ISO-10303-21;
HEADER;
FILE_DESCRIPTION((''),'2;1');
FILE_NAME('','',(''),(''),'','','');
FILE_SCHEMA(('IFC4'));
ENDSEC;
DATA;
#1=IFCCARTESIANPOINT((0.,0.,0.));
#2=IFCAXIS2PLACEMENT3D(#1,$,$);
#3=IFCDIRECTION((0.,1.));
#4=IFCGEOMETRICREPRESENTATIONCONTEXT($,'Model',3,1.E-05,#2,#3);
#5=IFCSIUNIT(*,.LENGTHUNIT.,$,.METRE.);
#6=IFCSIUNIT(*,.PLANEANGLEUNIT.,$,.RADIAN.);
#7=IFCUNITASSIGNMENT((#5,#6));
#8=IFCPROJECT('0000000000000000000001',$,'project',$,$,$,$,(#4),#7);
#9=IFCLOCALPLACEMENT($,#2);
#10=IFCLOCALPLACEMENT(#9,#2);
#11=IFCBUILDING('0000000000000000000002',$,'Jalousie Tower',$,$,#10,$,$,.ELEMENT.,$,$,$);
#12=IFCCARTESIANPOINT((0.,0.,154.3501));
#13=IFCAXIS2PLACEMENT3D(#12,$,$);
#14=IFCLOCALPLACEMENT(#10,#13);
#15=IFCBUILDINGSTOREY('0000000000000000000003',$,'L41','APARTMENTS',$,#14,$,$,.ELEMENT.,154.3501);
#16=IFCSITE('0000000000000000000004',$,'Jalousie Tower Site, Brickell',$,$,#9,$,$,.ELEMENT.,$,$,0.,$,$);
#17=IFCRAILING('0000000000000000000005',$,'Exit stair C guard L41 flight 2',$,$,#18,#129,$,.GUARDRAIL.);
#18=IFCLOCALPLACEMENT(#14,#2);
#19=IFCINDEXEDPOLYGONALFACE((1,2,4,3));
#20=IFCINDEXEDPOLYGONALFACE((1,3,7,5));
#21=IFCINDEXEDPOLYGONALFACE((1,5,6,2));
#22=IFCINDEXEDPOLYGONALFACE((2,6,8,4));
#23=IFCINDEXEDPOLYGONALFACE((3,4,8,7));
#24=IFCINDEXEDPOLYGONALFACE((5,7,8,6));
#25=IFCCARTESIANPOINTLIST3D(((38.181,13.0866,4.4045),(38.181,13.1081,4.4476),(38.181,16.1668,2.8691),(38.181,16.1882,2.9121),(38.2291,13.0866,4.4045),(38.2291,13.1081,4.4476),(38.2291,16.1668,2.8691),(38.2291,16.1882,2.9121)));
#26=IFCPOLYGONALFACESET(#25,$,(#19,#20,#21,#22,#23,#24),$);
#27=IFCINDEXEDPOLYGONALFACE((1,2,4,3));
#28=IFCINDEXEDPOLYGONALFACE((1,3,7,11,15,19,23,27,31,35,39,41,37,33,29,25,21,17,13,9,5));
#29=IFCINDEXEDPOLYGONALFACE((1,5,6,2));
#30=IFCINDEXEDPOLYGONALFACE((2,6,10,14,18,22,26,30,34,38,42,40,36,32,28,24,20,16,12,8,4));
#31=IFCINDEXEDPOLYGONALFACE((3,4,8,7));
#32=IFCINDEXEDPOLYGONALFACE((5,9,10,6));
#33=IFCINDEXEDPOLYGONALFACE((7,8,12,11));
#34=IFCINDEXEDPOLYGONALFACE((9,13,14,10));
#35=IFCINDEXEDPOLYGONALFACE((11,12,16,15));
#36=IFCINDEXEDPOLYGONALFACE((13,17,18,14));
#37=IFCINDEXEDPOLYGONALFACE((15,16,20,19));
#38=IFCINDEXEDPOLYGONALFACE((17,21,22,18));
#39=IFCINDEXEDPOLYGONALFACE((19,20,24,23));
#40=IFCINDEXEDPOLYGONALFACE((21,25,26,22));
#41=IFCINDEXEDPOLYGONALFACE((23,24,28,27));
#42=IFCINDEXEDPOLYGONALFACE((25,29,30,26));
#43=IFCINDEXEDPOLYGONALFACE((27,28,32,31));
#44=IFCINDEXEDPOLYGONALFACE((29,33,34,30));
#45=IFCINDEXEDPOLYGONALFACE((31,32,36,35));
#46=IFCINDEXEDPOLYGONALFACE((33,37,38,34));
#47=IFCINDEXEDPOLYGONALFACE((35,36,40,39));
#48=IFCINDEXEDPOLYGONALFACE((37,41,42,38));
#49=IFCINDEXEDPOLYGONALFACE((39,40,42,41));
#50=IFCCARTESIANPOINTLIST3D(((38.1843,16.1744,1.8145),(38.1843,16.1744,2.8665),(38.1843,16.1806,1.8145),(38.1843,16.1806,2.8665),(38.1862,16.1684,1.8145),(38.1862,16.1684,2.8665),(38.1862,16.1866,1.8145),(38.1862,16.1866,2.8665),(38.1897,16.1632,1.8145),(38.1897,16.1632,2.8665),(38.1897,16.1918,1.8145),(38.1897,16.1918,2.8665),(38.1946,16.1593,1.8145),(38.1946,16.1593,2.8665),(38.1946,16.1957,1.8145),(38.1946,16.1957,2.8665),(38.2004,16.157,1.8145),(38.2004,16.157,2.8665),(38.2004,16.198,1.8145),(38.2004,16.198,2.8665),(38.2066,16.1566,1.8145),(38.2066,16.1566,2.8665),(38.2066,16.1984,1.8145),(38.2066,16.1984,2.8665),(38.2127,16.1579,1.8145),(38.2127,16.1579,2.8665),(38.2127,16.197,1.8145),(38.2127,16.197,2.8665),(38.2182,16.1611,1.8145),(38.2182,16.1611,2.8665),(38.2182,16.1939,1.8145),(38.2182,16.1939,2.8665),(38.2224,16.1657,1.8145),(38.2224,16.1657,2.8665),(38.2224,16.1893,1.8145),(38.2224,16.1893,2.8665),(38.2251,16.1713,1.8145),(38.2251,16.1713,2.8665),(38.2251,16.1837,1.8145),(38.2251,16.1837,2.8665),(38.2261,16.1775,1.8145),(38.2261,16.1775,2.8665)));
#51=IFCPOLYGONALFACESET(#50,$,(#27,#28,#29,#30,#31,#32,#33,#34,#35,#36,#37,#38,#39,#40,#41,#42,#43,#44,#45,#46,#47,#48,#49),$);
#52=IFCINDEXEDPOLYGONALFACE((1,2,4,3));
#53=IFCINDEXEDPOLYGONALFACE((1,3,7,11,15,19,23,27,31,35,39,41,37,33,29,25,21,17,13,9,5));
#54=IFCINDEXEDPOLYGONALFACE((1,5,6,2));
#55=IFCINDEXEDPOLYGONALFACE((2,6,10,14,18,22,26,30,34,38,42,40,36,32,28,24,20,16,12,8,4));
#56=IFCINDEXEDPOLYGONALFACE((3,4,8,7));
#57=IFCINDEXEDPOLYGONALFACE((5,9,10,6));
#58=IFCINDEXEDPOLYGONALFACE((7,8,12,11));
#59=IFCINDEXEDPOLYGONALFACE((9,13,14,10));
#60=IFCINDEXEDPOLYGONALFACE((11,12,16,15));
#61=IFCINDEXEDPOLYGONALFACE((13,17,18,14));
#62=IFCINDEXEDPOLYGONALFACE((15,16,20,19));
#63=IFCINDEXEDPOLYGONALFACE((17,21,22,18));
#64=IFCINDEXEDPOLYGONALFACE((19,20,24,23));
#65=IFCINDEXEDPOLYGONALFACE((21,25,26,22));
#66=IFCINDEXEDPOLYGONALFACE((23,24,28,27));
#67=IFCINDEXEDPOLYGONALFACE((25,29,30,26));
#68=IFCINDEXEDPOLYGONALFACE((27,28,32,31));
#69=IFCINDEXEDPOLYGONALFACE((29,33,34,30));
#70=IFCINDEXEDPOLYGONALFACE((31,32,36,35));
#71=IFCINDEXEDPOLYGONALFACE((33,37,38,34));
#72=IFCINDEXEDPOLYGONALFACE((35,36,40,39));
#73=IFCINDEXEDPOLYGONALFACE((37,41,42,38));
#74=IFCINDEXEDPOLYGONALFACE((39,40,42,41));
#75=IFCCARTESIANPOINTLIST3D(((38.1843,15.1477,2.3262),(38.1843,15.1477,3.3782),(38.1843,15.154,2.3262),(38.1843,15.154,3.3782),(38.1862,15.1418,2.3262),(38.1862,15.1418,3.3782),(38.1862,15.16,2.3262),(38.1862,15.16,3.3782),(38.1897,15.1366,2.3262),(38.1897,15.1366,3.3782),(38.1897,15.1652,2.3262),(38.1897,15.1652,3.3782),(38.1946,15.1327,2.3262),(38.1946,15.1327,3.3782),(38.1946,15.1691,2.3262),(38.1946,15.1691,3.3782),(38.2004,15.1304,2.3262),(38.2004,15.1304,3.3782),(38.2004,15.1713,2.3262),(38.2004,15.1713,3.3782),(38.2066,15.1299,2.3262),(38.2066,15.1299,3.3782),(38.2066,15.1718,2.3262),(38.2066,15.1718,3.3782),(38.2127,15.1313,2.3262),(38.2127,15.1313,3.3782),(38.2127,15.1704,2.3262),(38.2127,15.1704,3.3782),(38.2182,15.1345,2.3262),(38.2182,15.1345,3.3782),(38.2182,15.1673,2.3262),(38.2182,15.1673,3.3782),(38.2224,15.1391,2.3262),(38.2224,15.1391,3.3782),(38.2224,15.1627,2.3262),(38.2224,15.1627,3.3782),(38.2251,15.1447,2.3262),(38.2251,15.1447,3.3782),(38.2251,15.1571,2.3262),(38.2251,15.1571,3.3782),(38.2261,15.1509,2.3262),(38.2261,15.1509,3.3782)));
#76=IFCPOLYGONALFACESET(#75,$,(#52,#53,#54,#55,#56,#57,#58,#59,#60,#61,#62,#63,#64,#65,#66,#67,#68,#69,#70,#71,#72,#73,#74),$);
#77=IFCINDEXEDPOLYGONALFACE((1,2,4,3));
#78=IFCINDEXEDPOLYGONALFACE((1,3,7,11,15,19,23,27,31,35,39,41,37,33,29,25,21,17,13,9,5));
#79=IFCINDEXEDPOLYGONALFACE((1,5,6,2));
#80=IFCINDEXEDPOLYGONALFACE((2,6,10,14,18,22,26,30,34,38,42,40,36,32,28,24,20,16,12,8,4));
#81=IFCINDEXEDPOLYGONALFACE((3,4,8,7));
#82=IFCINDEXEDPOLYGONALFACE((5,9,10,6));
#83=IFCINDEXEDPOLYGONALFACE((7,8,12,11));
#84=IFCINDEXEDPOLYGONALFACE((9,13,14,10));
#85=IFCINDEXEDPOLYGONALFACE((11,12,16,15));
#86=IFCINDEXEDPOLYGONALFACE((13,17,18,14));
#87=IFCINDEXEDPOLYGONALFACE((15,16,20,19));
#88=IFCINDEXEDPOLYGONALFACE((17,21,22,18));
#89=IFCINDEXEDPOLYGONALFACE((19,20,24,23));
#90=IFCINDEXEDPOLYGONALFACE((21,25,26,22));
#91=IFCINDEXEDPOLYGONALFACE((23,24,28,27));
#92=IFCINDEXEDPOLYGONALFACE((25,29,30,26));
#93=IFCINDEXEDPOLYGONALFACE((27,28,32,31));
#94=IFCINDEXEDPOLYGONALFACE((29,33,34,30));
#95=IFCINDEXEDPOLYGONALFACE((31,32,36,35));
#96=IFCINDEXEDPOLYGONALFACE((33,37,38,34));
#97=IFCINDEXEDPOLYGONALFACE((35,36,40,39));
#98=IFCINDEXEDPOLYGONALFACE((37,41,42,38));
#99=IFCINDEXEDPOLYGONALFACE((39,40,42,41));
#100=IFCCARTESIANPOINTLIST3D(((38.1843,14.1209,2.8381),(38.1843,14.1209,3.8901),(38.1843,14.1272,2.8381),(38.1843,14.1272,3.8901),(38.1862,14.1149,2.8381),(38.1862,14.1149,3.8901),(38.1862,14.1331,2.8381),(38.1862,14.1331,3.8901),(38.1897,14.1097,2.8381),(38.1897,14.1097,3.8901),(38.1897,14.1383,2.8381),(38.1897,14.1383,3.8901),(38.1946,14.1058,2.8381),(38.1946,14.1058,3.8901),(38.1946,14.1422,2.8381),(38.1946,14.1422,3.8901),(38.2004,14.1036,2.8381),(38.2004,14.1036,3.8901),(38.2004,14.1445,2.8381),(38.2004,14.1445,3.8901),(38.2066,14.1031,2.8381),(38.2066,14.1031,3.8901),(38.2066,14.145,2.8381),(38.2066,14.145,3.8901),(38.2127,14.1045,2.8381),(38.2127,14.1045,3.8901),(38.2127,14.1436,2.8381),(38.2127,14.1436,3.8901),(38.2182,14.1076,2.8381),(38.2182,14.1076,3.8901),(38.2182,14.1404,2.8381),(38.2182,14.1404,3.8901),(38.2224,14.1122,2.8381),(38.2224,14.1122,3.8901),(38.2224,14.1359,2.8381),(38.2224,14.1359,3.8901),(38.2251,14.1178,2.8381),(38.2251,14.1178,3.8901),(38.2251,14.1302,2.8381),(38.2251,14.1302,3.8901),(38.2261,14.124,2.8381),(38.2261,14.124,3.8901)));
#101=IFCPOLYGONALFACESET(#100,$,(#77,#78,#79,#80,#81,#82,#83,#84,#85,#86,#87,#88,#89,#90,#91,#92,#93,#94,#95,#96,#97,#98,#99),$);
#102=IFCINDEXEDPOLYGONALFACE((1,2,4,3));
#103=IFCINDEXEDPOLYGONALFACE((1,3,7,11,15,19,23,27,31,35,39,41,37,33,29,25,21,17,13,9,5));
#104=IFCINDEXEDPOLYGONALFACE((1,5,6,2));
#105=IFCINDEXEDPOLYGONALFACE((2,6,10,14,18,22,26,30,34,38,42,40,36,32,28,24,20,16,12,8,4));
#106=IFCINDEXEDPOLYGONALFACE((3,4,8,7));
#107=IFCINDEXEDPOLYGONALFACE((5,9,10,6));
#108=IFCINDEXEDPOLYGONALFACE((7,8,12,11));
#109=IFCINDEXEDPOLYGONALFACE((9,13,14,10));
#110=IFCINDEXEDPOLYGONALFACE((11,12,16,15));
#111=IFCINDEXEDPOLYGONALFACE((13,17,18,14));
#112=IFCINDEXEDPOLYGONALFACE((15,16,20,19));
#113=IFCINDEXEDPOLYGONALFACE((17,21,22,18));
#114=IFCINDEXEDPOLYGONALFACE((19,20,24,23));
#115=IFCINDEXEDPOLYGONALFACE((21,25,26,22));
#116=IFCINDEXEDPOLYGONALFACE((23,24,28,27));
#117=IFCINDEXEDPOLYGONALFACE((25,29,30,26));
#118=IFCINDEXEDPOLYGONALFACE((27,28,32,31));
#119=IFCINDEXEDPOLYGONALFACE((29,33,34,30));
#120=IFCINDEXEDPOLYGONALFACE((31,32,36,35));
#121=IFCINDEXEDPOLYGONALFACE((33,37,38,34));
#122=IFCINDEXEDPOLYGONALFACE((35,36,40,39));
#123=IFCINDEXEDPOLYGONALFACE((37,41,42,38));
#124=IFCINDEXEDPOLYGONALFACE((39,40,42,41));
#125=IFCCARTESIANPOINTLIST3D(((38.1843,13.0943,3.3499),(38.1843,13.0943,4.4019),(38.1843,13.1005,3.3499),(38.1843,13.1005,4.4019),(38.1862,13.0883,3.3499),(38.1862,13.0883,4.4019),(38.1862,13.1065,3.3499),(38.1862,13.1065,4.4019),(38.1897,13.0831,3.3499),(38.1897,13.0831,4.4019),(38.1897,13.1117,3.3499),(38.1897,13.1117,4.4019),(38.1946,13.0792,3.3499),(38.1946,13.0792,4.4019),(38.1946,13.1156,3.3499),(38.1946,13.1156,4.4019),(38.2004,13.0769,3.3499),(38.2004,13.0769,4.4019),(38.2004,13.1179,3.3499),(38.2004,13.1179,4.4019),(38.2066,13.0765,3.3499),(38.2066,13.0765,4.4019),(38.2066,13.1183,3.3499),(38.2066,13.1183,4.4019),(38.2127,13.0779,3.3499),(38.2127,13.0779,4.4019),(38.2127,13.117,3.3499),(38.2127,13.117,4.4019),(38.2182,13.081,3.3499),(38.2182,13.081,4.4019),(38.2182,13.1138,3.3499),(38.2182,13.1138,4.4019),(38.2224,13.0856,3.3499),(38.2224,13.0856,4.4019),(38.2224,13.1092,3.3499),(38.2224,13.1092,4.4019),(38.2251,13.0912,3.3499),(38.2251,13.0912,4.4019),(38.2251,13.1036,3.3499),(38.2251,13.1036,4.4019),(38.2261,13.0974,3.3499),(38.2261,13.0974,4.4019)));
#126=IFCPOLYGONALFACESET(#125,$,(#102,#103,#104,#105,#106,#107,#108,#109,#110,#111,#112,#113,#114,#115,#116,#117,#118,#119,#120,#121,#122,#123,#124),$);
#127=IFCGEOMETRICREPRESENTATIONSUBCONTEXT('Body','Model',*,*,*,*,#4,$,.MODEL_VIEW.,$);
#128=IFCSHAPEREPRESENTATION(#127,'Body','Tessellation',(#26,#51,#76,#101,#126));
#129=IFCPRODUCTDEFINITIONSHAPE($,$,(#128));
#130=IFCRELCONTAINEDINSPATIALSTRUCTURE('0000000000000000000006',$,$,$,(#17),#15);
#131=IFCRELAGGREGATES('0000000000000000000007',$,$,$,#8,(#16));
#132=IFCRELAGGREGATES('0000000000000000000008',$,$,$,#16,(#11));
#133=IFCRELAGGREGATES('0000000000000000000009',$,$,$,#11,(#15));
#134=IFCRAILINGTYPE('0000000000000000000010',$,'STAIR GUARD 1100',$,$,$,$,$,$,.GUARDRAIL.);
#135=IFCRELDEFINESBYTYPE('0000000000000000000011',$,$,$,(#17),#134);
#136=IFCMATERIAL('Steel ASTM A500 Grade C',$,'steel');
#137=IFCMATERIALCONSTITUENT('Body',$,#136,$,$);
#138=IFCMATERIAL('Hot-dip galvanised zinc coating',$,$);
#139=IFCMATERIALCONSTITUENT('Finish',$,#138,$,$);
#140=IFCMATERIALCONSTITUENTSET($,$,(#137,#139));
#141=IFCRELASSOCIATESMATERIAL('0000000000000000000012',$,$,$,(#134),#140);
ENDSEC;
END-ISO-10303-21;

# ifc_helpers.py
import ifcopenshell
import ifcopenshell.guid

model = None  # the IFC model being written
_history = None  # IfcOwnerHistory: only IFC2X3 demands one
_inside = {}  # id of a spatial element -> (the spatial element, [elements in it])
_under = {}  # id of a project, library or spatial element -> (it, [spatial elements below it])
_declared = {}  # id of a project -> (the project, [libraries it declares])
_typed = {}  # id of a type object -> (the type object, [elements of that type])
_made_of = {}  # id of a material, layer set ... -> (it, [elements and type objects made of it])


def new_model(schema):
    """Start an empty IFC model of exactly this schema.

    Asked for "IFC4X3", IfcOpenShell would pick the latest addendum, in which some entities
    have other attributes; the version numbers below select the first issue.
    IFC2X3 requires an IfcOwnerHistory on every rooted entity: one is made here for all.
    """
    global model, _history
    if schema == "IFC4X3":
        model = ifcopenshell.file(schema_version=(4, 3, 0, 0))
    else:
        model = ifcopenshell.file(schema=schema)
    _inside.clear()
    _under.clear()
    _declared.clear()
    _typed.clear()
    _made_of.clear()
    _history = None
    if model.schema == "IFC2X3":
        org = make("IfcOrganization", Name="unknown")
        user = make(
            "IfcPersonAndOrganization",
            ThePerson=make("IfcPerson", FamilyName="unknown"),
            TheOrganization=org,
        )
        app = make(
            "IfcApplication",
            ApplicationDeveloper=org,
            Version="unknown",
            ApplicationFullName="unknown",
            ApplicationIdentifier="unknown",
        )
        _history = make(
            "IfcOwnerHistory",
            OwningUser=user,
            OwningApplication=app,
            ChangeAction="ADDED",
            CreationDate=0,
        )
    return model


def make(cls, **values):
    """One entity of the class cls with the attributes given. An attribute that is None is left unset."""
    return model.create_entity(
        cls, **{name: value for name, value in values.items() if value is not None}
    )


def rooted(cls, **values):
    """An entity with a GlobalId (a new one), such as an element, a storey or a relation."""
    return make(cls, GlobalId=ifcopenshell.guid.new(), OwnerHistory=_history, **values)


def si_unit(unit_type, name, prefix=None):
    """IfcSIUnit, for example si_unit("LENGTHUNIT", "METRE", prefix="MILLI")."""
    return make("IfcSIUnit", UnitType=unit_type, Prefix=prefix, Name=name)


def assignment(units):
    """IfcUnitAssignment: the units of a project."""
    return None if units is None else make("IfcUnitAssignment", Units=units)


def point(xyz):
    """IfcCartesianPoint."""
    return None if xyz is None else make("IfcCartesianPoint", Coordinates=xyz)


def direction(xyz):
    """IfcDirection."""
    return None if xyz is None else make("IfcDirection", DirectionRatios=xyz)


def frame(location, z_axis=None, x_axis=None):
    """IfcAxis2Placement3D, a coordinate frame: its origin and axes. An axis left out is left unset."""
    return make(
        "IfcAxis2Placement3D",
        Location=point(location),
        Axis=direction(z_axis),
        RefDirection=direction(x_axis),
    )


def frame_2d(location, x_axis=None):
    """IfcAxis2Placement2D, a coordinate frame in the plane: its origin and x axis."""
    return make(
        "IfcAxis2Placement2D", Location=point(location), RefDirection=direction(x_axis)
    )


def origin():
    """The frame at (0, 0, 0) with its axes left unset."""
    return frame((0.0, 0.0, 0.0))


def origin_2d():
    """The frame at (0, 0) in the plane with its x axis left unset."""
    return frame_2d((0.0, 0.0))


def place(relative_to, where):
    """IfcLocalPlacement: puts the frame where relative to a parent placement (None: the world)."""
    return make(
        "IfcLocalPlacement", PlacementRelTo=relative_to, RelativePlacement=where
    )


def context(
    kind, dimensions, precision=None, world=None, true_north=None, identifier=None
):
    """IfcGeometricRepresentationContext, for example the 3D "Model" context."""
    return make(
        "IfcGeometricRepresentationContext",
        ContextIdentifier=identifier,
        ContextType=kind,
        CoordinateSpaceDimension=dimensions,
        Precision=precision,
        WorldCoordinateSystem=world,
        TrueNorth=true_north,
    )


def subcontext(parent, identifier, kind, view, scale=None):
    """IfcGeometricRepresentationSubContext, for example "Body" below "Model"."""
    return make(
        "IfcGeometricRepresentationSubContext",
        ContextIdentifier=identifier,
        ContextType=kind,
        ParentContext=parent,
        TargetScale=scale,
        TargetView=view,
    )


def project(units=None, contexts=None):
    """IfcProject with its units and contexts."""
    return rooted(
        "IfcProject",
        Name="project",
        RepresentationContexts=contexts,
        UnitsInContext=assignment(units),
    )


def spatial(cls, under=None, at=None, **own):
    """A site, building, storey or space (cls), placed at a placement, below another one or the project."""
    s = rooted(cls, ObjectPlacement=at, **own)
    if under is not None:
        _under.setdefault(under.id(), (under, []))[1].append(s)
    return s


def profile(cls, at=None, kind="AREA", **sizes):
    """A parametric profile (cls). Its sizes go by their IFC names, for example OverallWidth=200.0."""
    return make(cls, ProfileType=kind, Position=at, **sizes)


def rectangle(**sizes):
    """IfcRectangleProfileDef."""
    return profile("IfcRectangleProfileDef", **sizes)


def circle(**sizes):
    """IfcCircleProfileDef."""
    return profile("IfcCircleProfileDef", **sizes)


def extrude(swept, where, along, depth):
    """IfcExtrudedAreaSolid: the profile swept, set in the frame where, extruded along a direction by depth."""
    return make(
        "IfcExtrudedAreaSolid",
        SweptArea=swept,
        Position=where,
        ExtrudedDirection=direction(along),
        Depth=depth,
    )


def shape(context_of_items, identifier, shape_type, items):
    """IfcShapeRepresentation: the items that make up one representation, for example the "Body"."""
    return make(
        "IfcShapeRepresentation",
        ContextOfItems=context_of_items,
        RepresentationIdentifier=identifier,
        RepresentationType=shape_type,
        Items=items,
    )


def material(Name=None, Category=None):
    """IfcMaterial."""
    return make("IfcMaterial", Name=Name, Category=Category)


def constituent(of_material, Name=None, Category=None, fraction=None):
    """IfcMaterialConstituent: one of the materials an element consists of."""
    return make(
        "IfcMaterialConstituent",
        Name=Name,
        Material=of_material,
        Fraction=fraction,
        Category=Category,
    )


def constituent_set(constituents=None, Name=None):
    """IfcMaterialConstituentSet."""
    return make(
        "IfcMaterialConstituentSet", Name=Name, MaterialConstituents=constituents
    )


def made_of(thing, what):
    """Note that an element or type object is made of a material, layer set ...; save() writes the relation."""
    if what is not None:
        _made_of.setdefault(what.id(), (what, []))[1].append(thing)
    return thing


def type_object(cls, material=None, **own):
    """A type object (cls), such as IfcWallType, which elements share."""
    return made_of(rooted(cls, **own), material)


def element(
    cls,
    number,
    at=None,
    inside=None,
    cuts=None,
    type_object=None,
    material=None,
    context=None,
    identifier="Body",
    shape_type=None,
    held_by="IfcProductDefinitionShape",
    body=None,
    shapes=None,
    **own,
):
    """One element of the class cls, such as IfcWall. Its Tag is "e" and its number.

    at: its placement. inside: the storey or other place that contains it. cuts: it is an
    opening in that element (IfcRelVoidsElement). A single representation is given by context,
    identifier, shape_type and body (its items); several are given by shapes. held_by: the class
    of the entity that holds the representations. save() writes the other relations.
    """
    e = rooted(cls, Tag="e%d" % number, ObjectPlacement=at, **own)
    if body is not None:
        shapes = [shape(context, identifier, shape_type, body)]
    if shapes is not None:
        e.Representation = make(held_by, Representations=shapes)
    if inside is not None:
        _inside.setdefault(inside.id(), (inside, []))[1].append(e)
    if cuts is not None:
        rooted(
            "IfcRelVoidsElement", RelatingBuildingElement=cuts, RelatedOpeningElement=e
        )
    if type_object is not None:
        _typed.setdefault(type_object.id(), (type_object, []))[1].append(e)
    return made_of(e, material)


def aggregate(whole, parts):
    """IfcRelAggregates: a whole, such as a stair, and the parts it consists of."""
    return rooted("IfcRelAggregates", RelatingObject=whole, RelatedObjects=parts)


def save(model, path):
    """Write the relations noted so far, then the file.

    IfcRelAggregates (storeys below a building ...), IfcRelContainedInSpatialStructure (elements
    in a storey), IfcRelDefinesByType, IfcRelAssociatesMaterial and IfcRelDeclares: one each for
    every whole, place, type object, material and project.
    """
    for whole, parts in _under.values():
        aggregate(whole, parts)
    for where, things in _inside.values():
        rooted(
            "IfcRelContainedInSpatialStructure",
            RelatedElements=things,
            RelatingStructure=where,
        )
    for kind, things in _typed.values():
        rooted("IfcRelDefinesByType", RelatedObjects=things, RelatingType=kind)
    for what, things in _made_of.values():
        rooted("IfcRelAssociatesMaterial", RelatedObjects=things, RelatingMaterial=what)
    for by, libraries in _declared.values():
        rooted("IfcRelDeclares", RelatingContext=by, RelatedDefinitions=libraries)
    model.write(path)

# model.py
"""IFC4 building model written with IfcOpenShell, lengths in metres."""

from ifc_helpers import new_model, si_unit, direction, frame, origin, origin_2d, place, context, subcontext, project, spatial, rectangle, circle, extrude, material, constituent, constituent_set, type_object, element, save


model = new_model("IFC4")

# Units and contexts
model_context = context("Model", 3, precision=1e-05, world=origin(), true_north=direction((0.0, 1.0)))
body_context = subcontext(model_context, "Body", "Model", "MODEL_VIEW")
ifc_project = project(units=[si_unit("LENGTHUNIT", "METRE"), si_unit("PLANEANGLEUNIT", "RADIAN")], contexts=[model_context])

# Site, building, storey
site_placement = place(None, origin())
site = spatial("IfcSite", under=ifc_project, at=site_placement, Name="Jalousie Tower Site, Brickell", CompositionType="ELEMENT", RefElevation=0.0)
building_placement = place(site_placement, origin())
building = spatial("IfcBuilding", under=site, at=building_placement, Name="Jalousie Tower", CompositionType="ELEMENT")
storey_placement = place(building_placement, frame((0.0, 0.0, 154.3501)))
storey = spatial("IfcBuildingStorey", under=building, at=storey_placement, Name="L41", Description="APARTMENTS", CompositionType="ELEMENT", Elevation=154.3501)

# Railing
ifc_material_1 = material(Name="Steel ASTM A500 Grade C", Category="steel")
ifc_constituent_1 = constituent(ifc_material_1, Name="Body")
ifc_material_2 = material(Name="Hot-dip galvanised zinc coating")
ifc_constituent_2 = constituent(ifc_material_2, Name="Finish")
ifc_constituent_set_1 = constituent_set(constituents=[ifc_constituent_1, ifc_constituent_2])
railing_type_1 = type_object("IfcRailingType", Name="STAIR GUARD 1100", PredefinedType="GUARDRAIL", material=ifc_constituent_set_1)
railing_1_placement = place(storey_placement, frame((38.2051, 16.1775, 1.8145)))
element("IfcRailing", 1, at=railing_1_placement, inside=storey, type_object=railing_type_1, Name="Exit stair C guard L41 flight 2", PredefinedType="GUARDRAIL", context=body_context, shape_type="SweptSolid", body=[
    extrude(rectangle(XDim=0.0481, YDim=0.0481, at=origin_2d()), frame((0.0, 0.0, 1.0762), z_axis=(0.0, -0.894966, 0.446135), x_axis=(1.0, 0.0, 0.0)), (0.0, 0.0, 1.0), 3.4417),
    extrude(circle(Radius=0.021, at=origin_2d()), origin(), (0.0, 0.0, 1.0), 1.052),
    extrude(circle(Radius=0.021, at=origin_2d()), frame((0.0, -1.0266, 0.5117)), (0.0, 0.0, 1.0), 1.052),
    extrude(circle(Radius=0.021, at=origin_2d()), frame((0.0, -2.0535, 1.0237)), (0.0, 0.0, 1.0), 1.052),
    extrude(circle(Radius=0.021, at=origin_2d()), frame((0.0, -3.0801, 1.5354)), (0.0, 0.0, 1.0), 1.052),
])

save(model, "model.ifc")
